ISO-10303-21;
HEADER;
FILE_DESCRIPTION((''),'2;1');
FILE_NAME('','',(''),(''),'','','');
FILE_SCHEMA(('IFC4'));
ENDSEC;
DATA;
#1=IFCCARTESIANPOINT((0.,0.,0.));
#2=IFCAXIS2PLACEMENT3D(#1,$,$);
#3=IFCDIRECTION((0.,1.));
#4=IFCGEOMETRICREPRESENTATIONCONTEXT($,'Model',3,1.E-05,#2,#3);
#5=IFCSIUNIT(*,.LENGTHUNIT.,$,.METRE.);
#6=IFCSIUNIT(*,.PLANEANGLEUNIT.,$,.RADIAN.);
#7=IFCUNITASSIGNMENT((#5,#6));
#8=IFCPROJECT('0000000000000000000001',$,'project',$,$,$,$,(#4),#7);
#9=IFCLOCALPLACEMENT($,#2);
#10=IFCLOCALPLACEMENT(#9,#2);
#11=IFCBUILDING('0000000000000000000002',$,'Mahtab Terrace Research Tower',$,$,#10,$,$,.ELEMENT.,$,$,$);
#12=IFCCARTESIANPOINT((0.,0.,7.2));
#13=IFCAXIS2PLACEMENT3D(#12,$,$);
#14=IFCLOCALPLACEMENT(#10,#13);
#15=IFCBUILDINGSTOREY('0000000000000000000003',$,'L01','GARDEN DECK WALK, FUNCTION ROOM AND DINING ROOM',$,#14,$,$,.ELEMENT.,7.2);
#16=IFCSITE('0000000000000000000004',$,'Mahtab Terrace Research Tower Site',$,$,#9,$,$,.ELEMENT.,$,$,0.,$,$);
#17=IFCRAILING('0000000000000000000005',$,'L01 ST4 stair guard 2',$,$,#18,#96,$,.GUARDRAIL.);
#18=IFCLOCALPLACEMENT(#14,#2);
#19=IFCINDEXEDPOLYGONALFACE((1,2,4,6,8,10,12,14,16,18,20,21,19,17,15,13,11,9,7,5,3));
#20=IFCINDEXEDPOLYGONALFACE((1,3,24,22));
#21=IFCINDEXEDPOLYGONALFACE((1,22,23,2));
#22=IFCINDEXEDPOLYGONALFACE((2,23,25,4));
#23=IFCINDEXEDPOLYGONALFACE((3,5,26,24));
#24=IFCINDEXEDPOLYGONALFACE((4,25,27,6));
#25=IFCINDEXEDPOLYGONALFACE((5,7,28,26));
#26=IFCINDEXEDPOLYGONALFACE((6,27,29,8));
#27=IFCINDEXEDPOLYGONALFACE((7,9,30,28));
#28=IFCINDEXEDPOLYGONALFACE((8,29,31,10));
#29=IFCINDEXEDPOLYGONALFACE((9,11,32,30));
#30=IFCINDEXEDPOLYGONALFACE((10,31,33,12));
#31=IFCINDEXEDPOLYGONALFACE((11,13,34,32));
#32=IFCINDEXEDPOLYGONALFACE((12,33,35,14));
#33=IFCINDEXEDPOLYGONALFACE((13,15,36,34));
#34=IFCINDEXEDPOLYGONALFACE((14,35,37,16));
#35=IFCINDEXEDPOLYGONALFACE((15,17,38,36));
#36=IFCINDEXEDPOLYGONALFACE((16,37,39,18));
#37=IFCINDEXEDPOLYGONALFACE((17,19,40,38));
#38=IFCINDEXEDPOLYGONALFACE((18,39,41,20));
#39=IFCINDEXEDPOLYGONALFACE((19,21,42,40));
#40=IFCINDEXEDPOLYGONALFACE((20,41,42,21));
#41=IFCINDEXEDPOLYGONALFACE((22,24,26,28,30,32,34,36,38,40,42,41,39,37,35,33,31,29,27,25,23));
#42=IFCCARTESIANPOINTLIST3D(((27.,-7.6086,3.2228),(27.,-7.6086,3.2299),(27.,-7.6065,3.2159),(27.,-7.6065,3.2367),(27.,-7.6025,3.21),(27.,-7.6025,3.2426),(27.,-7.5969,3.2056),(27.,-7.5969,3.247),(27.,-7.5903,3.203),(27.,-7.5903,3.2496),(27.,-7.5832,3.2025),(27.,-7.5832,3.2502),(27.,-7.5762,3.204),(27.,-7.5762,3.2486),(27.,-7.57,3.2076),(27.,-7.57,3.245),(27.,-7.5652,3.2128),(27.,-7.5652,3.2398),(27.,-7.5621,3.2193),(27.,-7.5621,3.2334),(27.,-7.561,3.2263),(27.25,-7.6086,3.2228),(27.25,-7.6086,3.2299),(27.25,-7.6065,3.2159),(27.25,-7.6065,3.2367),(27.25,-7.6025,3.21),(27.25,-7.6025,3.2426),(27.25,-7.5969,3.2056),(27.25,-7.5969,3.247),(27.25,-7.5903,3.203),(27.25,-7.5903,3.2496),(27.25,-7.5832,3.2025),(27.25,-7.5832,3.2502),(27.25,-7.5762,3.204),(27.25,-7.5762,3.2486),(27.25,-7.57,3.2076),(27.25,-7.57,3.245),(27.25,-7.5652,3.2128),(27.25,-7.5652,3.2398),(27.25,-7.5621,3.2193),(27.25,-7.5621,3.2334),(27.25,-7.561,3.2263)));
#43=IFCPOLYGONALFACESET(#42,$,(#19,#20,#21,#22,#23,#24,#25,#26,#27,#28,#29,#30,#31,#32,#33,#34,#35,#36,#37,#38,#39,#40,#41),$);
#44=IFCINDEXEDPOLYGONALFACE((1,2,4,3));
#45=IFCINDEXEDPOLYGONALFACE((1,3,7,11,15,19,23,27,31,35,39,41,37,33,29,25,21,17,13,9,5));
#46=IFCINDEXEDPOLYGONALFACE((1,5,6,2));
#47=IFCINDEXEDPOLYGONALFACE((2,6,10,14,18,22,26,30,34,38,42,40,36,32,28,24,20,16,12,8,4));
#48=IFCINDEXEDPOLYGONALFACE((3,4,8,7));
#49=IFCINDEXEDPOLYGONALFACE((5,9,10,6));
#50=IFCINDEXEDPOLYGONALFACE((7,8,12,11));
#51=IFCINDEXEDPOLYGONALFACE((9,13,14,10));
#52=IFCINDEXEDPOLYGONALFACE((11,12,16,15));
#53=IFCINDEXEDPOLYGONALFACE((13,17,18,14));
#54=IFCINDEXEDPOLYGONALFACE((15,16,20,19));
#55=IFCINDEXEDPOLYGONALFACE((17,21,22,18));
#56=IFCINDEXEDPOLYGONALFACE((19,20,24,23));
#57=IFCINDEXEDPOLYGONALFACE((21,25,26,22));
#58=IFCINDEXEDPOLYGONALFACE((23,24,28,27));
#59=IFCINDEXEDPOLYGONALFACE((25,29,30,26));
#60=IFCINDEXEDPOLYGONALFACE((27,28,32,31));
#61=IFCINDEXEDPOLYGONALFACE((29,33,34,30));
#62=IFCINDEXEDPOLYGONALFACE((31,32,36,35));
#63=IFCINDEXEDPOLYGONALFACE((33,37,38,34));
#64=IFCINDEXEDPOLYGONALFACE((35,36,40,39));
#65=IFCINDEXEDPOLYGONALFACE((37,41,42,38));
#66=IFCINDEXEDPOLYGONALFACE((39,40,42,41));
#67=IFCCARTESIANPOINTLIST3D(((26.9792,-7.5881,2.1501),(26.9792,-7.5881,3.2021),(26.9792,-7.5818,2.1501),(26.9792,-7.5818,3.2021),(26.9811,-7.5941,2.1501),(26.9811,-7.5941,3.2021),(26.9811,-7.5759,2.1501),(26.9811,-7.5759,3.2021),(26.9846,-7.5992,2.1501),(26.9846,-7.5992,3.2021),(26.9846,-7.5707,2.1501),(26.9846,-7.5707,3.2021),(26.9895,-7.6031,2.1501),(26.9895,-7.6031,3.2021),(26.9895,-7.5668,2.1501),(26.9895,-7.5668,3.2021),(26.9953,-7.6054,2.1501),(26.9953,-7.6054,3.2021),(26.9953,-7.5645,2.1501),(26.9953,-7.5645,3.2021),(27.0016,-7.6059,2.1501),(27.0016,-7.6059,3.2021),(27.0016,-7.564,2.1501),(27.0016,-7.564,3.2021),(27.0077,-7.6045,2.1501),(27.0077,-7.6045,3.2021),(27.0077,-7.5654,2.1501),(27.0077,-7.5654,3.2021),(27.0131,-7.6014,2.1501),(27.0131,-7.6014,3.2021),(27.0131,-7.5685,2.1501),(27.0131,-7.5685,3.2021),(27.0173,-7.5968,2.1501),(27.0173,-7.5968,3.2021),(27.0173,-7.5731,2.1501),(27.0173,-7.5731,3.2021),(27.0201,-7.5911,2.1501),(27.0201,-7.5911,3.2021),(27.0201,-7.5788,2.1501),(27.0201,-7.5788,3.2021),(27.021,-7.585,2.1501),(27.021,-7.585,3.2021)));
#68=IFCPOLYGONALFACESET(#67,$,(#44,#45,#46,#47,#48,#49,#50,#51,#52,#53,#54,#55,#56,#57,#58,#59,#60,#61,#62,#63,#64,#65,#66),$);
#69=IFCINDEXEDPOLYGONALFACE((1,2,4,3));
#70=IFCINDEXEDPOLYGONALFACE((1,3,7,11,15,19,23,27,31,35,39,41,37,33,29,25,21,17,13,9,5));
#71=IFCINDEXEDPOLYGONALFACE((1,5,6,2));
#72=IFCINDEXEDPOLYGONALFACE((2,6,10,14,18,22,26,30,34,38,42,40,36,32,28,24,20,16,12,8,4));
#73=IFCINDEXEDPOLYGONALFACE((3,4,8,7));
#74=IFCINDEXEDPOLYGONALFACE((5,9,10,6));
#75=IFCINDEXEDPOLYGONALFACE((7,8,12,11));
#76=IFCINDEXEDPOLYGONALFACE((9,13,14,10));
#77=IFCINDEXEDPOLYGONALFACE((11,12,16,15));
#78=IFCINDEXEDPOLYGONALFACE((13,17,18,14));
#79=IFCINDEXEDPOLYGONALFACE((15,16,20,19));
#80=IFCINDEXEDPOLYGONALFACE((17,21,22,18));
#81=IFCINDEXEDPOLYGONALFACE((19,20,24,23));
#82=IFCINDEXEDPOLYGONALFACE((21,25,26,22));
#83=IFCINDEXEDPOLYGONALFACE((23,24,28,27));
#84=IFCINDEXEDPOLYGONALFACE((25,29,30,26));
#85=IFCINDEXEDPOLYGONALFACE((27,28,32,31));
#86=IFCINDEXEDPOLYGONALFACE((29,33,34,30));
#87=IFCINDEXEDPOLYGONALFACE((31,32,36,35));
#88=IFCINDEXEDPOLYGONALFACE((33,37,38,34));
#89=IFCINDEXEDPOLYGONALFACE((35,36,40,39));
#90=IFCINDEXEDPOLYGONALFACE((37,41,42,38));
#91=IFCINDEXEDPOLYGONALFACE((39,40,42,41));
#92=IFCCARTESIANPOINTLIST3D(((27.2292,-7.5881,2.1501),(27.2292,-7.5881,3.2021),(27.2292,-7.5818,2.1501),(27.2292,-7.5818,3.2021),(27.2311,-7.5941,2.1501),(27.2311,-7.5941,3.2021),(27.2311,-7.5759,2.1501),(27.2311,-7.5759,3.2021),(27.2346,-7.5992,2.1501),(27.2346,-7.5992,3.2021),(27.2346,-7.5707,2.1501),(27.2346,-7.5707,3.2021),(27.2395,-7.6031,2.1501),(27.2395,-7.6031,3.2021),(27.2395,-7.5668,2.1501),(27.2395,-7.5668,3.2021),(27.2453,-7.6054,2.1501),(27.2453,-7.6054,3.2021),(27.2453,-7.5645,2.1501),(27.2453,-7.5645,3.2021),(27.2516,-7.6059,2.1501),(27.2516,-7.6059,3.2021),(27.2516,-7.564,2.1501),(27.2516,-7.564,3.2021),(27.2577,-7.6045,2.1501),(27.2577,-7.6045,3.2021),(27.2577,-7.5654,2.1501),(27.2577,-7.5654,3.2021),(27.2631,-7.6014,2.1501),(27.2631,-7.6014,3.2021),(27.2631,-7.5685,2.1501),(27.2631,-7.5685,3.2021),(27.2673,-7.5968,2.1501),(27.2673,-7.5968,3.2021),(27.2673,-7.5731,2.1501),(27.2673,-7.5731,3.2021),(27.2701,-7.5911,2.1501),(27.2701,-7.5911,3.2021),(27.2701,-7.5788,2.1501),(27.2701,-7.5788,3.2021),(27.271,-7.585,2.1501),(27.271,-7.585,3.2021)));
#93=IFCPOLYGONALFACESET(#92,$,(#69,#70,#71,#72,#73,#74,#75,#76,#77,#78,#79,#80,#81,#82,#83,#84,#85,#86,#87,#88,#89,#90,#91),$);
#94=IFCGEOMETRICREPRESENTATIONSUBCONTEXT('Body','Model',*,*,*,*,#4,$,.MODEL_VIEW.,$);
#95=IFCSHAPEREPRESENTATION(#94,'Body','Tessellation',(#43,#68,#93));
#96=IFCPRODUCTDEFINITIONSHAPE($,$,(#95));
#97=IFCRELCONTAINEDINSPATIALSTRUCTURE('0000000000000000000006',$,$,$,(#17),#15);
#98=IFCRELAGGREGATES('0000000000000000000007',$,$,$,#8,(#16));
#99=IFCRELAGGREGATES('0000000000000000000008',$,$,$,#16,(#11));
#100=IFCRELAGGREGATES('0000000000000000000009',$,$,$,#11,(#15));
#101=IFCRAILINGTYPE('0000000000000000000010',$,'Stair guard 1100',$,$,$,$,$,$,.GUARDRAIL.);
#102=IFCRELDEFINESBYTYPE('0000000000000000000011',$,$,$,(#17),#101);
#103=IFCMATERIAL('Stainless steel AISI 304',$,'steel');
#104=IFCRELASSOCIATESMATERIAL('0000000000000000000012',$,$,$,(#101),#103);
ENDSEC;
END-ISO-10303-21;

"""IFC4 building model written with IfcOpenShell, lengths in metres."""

from ifc_helpers import new_model, si_unit, direction, frame, origin, origin_2d, place, context, subcontext, project, spatial, circle, extrude, material, type_object, element, save


model = new_model("IFC4")

# Units and contexts
model_context = context("Model", 3, precision=1e-05, world=origin(), true_north=direction((0.0, 1.0)))
body_context = subcontext(model_context, "Body", "Model", "MODEL_VIEW")
ifc_project = project(units=[si_unit("LENGTHUNIT", "METRE"), si_unit("PLANEANGLEUNIT", "RADIAN")], contexts=[model_context])

# Site, building, storey
site_placement = place(None, origin())
site = spatial("IfcSite", under=ifc_project, at=site_placement, Name="Mahtab Terrace Research Tower Site", CompositionType="ELEMENT", RefElevation=0.0)
building_placement = place(site_placement, origin())
building = spatial("IfcBuilding", under=site, at=building_placement, Name="Mahtab Terrace Research Tower", CompositionType="ELEMENT")
storey_placement = place(building_placement, frame((0.0, 0.0, 7.2)))
storey = spatial("IfcBuildingStorey", under=building, at=storey_placement, Name="L01", Description="GARDEN DECK WALK, FUNCTION ROOM AND DINING ROOM", CompositionType="ELEMENT", Elevation=7.2)

# Railing
ifc_material_1 = material(Name="Stainless steel AISI 304", Category="steel")
railing_type_1 = type_object("IfcRailingType", Name="Stair guard 1100", PredefinedType="GUARDRAIL", material=ifc_material_1)
railing_1_placement = place(storey_placement, frame((27.0, -7.585, 2.1501)))
element("IfcRailing", 1, at=railing_1_placement, inside=storey, type_object=railing_type_1, Name="L01 ST4 stair guard 2", PredefinedType="GUARDRAIL", context=body_context, shape_type="SweptSolid", body=[
    extrude(circle(Radius=0.0239, at=origin_2d()), frame((0.0, 0.0, 1.0762), z_axis=(1.0, 0.0, 0.0), x_axis=(0.0, 1.0, 0.0)), (0.0, 0.0, 1.0), 0.25),
    extrude(circle(Radius=0.021, at=origin_2d()), origin(), (0.0, 0.0, 1.0), 1.052),
    extrude(circle(Radius=0.021, at=origin_2d()), frame((0.25, 0.0, 0.0)), (0.0, 0.0, 1.0), 1.052),
])

save(model, "model.ifc")
